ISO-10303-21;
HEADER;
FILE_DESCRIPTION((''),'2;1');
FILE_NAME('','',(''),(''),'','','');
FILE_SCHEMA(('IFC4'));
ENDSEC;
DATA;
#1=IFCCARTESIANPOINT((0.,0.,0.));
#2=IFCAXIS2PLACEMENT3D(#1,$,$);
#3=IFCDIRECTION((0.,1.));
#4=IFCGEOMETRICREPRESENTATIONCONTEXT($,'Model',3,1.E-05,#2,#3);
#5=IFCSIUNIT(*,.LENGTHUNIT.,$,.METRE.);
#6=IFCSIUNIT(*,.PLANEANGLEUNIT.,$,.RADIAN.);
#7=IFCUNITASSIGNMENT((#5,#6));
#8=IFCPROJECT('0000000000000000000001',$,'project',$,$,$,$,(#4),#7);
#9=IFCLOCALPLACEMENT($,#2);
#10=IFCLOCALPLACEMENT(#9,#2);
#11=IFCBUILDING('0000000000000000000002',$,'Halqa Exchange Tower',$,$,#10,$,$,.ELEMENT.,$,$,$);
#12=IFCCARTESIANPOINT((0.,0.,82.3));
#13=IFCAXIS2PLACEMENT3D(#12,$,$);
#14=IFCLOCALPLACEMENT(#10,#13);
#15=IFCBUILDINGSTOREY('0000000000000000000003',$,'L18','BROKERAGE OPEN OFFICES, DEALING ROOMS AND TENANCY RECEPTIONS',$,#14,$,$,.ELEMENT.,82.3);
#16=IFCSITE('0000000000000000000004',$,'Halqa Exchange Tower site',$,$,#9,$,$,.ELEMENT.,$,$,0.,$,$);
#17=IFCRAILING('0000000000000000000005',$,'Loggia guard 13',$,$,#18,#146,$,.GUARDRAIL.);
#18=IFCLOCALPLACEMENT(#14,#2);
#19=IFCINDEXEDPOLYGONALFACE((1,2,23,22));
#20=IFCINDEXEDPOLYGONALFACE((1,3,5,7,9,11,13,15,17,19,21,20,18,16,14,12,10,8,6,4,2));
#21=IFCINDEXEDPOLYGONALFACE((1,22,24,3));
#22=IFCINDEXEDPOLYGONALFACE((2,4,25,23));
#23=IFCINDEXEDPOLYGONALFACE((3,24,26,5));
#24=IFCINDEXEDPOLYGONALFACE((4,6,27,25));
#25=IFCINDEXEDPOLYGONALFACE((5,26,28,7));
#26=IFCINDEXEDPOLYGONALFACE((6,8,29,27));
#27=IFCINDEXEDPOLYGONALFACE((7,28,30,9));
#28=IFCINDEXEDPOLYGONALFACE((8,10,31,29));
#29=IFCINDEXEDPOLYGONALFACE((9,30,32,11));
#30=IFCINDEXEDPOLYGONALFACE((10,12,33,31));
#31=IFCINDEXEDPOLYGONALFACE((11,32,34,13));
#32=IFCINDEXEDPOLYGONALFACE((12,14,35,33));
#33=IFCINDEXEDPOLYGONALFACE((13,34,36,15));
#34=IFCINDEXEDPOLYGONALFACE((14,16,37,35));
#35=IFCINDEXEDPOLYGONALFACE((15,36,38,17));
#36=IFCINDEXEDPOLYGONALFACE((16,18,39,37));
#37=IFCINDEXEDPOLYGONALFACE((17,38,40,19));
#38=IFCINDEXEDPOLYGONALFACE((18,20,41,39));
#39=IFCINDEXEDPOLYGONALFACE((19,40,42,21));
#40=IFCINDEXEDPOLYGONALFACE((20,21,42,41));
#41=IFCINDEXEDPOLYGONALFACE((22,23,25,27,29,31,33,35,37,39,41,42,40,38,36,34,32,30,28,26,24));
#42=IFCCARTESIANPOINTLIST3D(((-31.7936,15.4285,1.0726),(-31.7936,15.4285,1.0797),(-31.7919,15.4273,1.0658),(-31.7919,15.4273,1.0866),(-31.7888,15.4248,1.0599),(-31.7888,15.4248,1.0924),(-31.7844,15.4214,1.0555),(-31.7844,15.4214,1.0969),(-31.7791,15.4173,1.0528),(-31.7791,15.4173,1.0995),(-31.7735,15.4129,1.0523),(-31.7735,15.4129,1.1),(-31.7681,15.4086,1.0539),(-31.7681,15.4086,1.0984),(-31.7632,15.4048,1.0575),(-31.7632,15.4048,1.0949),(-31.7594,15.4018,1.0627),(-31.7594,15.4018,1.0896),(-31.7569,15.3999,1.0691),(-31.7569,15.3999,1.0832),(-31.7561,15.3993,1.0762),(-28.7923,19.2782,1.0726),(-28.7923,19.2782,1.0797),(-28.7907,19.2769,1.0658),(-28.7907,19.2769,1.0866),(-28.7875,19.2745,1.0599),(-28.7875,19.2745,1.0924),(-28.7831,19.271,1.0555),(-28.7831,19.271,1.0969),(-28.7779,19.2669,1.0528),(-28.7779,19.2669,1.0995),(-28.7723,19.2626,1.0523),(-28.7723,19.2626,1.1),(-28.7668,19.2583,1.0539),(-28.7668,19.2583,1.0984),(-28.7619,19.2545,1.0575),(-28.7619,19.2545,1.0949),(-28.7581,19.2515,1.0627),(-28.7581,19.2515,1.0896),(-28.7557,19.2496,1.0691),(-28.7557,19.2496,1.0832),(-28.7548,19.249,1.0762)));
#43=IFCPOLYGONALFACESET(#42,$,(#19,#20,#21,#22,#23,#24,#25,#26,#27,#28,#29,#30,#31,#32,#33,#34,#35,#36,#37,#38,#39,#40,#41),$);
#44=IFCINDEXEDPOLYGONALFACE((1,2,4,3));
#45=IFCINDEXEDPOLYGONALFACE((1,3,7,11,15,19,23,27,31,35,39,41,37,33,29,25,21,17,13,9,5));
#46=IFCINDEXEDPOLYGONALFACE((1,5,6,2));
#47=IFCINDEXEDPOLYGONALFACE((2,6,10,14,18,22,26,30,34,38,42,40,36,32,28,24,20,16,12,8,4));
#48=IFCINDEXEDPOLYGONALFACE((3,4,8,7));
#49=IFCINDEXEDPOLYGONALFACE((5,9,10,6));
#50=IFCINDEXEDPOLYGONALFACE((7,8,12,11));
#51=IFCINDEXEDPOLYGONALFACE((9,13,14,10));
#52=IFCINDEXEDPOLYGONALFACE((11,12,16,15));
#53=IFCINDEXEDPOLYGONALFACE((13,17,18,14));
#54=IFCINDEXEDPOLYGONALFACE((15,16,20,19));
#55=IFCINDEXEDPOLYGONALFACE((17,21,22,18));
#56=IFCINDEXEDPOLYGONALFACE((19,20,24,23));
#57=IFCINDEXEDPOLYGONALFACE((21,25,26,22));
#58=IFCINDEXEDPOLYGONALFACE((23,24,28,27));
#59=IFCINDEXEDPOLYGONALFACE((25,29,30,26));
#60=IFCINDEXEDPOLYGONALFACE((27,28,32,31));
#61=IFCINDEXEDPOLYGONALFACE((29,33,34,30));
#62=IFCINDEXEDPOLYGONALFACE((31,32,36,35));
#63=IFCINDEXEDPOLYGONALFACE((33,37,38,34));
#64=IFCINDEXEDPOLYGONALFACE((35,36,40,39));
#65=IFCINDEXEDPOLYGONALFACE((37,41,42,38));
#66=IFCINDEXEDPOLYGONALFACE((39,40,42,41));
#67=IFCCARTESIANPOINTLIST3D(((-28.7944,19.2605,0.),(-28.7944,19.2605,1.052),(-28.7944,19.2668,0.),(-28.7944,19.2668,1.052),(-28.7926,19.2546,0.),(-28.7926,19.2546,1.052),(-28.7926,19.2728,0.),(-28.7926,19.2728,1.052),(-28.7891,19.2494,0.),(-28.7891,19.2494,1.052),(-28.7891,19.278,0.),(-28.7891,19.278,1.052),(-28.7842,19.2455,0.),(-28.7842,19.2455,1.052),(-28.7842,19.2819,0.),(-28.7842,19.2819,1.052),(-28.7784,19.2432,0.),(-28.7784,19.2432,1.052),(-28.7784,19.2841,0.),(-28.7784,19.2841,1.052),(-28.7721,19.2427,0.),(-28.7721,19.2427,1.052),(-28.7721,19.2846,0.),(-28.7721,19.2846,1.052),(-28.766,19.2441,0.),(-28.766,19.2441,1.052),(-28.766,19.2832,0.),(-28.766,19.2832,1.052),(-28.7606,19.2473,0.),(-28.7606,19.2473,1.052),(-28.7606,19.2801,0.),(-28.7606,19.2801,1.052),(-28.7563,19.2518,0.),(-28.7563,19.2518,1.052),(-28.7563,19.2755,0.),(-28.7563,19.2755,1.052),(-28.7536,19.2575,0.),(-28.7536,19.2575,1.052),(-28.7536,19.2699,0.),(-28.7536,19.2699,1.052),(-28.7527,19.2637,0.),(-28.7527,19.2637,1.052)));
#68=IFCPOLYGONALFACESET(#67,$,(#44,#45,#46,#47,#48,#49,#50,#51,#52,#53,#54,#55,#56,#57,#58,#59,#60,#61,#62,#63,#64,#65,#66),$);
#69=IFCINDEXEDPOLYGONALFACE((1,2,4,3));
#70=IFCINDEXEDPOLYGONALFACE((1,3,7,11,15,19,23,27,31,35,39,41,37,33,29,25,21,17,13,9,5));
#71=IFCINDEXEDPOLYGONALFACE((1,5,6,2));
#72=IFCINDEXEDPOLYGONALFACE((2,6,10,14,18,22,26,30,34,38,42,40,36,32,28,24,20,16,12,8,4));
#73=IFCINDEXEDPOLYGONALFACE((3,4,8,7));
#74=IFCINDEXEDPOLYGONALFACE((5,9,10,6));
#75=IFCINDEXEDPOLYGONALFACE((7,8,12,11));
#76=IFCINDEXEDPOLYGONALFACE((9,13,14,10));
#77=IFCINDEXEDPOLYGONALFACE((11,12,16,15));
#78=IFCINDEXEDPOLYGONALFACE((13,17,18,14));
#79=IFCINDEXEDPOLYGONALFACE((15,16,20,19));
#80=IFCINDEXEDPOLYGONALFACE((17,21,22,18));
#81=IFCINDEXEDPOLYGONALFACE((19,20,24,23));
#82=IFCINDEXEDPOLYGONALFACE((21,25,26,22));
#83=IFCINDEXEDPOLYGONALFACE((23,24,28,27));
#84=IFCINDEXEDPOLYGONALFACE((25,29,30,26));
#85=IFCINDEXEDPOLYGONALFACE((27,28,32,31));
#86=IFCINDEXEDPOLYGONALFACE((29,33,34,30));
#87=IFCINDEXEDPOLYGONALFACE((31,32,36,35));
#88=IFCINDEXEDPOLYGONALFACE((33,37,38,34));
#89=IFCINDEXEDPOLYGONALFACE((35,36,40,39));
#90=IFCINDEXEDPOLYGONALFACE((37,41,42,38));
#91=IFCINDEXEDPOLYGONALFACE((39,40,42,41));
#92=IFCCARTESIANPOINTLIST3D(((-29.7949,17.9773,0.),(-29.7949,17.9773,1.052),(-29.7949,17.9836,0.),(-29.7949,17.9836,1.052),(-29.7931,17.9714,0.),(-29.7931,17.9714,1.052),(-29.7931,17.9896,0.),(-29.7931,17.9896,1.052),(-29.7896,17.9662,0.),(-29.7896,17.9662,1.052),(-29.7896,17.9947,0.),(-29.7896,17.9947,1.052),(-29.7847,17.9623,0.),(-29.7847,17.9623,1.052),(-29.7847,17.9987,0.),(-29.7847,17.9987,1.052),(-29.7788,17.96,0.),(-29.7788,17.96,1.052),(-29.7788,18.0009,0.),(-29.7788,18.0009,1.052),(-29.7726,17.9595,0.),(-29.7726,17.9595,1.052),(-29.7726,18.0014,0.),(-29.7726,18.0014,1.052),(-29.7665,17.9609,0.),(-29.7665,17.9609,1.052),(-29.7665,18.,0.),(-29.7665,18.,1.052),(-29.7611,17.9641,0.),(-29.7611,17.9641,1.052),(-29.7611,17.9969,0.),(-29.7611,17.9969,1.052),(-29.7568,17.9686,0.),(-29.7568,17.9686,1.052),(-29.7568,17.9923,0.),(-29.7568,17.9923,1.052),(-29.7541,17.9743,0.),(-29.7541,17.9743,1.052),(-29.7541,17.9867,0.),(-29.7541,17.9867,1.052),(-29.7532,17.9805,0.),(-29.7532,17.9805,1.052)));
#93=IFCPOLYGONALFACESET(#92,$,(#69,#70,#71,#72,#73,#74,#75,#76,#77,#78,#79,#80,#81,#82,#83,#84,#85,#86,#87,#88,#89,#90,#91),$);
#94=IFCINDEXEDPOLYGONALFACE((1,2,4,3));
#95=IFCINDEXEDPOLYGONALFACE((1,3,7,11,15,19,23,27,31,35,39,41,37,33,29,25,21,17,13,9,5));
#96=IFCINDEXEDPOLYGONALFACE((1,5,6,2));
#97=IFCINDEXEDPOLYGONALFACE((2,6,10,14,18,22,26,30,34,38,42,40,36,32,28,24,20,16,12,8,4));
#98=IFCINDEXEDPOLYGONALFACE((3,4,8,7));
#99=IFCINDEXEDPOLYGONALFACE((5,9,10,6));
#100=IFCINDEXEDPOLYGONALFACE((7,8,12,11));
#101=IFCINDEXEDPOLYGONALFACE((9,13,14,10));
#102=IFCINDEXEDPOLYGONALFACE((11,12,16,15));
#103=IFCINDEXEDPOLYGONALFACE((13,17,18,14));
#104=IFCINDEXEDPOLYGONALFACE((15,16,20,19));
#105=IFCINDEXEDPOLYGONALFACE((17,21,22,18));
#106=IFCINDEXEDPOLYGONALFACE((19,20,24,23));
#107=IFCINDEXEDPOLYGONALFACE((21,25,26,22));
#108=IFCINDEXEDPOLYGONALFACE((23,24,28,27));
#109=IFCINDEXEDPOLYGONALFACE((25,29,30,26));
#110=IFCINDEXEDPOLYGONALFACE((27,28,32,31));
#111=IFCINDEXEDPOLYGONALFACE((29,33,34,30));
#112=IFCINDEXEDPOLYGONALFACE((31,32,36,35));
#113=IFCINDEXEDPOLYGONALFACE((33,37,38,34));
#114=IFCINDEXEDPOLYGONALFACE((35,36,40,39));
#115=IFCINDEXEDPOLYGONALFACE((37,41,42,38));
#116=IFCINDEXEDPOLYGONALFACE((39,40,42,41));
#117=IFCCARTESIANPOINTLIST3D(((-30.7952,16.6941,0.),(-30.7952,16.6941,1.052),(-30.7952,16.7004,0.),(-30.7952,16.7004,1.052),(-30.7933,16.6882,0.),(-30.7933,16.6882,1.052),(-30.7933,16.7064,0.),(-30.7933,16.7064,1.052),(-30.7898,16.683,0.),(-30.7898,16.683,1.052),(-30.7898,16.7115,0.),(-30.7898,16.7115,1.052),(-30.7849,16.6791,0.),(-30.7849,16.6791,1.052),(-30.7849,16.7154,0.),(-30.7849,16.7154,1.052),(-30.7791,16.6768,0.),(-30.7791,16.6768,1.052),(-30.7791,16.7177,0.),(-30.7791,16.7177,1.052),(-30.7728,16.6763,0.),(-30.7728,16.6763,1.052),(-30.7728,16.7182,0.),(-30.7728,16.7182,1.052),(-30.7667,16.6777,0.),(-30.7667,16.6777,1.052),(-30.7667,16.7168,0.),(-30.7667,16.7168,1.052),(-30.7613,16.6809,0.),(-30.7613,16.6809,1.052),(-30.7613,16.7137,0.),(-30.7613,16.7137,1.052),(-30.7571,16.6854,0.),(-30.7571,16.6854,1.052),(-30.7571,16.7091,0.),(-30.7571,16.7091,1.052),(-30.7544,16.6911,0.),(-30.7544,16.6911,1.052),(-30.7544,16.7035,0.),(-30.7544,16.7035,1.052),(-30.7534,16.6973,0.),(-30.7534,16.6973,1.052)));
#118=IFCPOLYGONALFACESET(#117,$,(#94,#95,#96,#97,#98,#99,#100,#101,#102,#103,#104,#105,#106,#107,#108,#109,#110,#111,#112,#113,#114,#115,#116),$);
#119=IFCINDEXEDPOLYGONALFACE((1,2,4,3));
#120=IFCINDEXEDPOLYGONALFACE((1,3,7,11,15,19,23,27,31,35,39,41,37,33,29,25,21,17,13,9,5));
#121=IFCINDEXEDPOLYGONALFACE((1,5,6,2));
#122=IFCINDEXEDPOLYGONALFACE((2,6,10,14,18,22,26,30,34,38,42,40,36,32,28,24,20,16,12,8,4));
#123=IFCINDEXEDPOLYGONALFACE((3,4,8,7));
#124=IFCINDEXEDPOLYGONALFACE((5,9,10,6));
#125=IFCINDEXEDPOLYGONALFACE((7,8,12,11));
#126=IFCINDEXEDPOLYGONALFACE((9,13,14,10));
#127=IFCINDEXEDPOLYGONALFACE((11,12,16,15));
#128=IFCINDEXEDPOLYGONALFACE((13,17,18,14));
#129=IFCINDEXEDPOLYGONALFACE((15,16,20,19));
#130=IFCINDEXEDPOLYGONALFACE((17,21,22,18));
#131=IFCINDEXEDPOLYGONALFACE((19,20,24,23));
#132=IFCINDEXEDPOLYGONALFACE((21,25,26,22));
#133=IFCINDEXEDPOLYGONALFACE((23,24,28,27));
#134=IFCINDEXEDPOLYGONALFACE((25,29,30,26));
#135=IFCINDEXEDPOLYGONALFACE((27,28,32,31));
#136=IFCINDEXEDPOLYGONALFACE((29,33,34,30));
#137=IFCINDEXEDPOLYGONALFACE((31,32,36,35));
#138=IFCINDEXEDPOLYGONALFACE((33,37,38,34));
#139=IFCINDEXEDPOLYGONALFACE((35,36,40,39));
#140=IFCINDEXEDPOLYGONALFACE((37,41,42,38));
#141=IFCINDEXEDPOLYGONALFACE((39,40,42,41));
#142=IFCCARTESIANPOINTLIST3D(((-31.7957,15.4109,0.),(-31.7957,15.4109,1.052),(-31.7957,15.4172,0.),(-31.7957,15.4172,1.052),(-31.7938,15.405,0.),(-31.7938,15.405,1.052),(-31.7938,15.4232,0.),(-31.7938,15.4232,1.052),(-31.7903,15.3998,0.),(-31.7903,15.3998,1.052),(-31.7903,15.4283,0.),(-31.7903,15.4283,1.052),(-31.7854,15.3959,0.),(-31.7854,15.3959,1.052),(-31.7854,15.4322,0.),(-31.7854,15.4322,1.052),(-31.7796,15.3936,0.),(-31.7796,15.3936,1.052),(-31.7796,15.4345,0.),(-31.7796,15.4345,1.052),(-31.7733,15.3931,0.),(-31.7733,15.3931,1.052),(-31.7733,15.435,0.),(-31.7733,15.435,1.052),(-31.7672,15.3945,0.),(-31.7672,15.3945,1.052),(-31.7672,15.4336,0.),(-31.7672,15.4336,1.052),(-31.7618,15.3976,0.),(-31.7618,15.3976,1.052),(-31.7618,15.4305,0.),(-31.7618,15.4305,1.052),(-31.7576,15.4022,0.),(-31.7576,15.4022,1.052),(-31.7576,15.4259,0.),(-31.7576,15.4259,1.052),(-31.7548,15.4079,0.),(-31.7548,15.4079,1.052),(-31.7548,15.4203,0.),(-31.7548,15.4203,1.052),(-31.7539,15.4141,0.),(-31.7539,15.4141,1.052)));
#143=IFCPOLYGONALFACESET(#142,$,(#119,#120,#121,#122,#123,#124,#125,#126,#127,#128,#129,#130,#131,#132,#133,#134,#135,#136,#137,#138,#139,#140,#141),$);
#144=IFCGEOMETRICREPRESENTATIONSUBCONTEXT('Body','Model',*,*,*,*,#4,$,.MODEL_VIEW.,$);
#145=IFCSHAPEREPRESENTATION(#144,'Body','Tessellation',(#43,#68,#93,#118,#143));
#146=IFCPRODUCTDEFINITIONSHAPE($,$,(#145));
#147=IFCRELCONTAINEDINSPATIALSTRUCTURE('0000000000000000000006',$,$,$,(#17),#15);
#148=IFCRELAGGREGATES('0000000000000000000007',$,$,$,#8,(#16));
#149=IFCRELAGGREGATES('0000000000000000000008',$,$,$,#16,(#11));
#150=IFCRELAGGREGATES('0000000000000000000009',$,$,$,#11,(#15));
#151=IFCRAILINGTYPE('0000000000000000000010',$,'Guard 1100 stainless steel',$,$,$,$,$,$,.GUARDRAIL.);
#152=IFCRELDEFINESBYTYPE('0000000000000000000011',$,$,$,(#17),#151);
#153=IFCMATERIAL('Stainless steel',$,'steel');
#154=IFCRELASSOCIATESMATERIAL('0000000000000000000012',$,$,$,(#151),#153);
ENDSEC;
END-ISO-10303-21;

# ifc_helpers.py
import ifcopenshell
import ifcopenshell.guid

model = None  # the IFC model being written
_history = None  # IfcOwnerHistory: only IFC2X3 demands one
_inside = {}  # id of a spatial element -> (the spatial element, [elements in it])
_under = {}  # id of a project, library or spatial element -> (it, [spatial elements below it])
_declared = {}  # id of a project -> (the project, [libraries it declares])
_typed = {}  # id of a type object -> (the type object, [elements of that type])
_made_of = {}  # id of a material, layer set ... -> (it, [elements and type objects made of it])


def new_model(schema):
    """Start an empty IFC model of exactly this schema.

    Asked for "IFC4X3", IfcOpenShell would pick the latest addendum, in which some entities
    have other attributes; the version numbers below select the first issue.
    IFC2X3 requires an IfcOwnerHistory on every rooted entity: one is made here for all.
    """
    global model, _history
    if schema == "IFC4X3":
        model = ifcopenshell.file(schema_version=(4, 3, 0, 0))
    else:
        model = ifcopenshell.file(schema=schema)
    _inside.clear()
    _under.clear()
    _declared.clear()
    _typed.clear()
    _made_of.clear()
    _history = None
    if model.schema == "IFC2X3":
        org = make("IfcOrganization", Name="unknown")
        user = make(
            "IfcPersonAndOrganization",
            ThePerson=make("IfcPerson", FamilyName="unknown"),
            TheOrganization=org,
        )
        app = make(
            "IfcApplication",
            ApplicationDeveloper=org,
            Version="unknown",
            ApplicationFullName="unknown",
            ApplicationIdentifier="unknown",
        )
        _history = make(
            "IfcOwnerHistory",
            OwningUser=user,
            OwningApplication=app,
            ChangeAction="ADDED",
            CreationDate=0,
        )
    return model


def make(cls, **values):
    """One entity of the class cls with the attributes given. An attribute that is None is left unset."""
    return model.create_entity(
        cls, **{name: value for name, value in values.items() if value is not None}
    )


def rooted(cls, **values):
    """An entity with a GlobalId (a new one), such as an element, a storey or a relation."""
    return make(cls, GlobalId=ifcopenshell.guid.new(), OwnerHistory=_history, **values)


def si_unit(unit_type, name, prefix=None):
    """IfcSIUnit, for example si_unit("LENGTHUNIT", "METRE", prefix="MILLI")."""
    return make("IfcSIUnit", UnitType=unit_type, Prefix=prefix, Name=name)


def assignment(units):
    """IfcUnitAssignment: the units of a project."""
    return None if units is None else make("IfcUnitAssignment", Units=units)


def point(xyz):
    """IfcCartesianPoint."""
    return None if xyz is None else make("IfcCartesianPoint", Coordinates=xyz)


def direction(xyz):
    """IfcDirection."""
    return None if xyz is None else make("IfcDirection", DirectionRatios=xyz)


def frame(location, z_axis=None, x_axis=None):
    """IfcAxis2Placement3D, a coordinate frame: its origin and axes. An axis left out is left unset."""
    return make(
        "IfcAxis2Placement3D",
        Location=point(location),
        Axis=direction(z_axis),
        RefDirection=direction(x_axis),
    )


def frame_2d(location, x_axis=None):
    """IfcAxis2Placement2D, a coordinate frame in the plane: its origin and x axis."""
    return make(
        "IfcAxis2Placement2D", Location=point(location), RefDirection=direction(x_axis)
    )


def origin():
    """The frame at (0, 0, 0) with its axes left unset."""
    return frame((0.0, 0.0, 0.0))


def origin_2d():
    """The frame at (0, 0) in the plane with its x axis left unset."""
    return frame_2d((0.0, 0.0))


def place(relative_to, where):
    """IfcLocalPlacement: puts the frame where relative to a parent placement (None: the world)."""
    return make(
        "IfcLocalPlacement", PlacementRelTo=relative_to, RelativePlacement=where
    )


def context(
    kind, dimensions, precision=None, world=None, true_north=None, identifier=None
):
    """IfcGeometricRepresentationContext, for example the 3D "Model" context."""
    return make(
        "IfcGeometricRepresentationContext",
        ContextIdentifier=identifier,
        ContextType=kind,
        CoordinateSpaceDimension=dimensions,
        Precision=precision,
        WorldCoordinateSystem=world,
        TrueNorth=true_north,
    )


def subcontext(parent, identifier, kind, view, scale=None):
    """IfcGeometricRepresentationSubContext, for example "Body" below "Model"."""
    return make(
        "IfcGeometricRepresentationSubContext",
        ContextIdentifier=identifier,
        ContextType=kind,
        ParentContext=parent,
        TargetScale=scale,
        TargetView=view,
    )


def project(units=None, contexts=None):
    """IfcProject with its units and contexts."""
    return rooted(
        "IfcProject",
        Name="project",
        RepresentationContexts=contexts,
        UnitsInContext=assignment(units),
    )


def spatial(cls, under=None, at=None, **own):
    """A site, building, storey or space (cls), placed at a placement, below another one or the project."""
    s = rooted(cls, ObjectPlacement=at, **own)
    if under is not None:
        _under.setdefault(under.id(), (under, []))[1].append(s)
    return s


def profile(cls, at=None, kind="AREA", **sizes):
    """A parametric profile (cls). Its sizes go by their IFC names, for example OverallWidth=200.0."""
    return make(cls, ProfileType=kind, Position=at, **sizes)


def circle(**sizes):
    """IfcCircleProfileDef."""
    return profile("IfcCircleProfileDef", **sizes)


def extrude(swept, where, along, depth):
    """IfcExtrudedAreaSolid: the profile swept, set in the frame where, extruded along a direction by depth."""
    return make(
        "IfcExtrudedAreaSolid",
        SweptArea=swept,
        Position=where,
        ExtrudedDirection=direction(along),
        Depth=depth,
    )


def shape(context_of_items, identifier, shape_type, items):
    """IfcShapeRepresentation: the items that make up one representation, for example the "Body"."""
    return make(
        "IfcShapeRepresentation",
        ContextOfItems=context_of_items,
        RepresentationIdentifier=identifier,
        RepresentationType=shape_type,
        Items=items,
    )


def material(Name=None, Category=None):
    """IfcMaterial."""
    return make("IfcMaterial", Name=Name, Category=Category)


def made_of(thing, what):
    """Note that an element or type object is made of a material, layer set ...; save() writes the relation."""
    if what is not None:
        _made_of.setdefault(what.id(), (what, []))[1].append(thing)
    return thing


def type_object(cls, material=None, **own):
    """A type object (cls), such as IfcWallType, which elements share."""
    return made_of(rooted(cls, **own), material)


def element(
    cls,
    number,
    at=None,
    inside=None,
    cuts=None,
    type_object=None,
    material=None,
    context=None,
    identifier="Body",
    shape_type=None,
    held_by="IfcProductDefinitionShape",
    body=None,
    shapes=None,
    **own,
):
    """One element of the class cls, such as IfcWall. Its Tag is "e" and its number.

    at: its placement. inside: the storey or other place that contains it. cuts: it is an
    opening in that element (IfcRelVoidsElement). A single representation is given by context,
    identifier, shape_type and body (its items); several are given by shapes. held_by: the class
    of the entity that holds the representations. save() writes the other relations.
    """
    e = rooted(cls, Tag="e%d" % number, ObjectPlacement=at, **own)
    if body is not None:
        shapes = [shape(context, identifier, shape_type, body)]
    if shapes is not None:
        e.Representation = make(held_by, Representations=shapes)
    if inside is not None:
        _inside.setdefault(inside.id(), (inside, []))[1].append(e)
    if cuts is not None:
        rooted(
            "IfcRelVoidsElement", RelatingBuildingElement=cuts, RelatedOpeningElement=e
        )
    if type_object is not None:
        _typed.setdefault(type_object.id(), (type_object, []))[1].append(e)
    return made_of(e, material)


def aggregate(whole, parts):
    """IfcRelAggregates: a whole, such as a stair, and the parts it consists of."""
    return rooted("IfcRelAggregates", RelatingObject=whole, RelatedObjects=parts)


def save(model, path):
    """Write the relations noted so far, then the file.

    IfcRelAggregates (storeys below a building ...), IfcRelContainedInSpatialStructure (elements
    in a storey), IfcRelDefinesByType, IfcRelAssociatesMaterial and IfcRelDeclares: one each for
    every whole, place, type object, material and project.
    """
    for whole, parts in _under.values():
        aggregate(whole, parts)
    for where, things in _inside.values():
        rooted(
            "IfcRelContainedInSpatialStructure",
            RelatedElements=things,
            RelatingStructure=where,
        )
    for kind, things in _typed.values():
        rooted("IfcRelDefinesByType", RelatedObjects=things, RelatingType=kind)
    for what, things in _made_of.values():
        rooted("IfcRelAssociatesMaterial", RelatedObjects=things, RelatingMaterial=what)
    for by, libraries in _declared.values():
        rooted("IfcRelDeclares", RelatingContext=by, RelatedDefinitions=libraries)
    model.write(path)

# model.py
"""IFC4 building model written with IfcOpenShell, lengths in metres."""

from ifc_helpers import new_model, si_unit, direction, frame, origin, origin_2d, place, context, subcontext, project, spatial, circle, extrude, material, type_object, element, save


model = new_model("IFC4")

# Units and contexts
model_context = context("Model", 3, precision=1e-05, world=origin(), true_north=direction((0.0, 1.0)))
body_context = subcontext(model_context, "Body", "Model", "MODEL_VIEW")
ifc_project = project(units=[si_unit("LENGTHUNIT", "METRE"), si_unit("PLANEANGLEUNIT", "RADIAN")], contexts=[model_context])

# Site, building, storey
site_placement = place(None, origin())
site = spatial("IfcSite", under=ifc_project, at=site_placement, Name="Halqa Exchange Tower site", CompositionType="ELEMENT", RefElevation=0.0)
building_placement = place(site_placement, origin())
building = spatial("IfcBuilding", under=site, at=building_placement, Name="Halqa Exchange Tower", CompositionType="ELEMENT")
storey_placement = place(building_placement, frame((0.0, 0.0, 82.3)))
storey = spatial("IfcBuildingStorey", under=building, at=storey_placement, Name="L18", Description="BROKERAGE OPEN OFFICES, DEALING ROOMS AND TENANCY RECEPTIONS", CompositionType="ELEMENT", Elevation=82.3)

# Railing
ifc_material_1 = material(Name="Stainless steel", Category="steel")
railing_type = type_object("IfcRailingType", Name="Guard 1100 stainless steel", PredefinedType="GUARDRAIL", material=ifc_material_1)
railing_1_placement = place(storey_placement, frame((-28.7737, 19.2637, 0.0)))
element("IfcRailing", 1, at=railing_1_placement, inside=storey, type_object=railing_type, Name="Loggia guard 13", PredefinedType="GUARDRAIL", context=body_context, shape_type="SweptSolid", body=[
    extrude(circle(Radius=0.0239, at=origin_2d()), frame((0.0, 0.0, 1.0762), z_axis=(-0.614844, -0.788649, 0.0), x_axis=(0.788649, -0.614844, 0.0)), (0.0, 0.0, 1.0), 4.8813),
    extrude(circle(Radius=0.021, at=origin_2d()), origin(), (0.0, 0.0, 1.0), 1.052),
    extrude(circle(Radius=0.021, at=origin_2d()), frame((-1.0005, -1.2832, 0.0)), (0.0, 0.0, 1.0), 1.052),
    extrude(circle(Radius=0.021, at=origin_2d()), frame((-2.0007, -2.5664, 0.0)), (0.0, 0.0, 1.0), 1.052),
    extrude(circle(Radius=0.021, at=origin_2d()), frame((-3.0012, -3.8496, 0.0)), (0.0, 0.0, 1.0), 1.052),
])

save(model, "model.ifc")
